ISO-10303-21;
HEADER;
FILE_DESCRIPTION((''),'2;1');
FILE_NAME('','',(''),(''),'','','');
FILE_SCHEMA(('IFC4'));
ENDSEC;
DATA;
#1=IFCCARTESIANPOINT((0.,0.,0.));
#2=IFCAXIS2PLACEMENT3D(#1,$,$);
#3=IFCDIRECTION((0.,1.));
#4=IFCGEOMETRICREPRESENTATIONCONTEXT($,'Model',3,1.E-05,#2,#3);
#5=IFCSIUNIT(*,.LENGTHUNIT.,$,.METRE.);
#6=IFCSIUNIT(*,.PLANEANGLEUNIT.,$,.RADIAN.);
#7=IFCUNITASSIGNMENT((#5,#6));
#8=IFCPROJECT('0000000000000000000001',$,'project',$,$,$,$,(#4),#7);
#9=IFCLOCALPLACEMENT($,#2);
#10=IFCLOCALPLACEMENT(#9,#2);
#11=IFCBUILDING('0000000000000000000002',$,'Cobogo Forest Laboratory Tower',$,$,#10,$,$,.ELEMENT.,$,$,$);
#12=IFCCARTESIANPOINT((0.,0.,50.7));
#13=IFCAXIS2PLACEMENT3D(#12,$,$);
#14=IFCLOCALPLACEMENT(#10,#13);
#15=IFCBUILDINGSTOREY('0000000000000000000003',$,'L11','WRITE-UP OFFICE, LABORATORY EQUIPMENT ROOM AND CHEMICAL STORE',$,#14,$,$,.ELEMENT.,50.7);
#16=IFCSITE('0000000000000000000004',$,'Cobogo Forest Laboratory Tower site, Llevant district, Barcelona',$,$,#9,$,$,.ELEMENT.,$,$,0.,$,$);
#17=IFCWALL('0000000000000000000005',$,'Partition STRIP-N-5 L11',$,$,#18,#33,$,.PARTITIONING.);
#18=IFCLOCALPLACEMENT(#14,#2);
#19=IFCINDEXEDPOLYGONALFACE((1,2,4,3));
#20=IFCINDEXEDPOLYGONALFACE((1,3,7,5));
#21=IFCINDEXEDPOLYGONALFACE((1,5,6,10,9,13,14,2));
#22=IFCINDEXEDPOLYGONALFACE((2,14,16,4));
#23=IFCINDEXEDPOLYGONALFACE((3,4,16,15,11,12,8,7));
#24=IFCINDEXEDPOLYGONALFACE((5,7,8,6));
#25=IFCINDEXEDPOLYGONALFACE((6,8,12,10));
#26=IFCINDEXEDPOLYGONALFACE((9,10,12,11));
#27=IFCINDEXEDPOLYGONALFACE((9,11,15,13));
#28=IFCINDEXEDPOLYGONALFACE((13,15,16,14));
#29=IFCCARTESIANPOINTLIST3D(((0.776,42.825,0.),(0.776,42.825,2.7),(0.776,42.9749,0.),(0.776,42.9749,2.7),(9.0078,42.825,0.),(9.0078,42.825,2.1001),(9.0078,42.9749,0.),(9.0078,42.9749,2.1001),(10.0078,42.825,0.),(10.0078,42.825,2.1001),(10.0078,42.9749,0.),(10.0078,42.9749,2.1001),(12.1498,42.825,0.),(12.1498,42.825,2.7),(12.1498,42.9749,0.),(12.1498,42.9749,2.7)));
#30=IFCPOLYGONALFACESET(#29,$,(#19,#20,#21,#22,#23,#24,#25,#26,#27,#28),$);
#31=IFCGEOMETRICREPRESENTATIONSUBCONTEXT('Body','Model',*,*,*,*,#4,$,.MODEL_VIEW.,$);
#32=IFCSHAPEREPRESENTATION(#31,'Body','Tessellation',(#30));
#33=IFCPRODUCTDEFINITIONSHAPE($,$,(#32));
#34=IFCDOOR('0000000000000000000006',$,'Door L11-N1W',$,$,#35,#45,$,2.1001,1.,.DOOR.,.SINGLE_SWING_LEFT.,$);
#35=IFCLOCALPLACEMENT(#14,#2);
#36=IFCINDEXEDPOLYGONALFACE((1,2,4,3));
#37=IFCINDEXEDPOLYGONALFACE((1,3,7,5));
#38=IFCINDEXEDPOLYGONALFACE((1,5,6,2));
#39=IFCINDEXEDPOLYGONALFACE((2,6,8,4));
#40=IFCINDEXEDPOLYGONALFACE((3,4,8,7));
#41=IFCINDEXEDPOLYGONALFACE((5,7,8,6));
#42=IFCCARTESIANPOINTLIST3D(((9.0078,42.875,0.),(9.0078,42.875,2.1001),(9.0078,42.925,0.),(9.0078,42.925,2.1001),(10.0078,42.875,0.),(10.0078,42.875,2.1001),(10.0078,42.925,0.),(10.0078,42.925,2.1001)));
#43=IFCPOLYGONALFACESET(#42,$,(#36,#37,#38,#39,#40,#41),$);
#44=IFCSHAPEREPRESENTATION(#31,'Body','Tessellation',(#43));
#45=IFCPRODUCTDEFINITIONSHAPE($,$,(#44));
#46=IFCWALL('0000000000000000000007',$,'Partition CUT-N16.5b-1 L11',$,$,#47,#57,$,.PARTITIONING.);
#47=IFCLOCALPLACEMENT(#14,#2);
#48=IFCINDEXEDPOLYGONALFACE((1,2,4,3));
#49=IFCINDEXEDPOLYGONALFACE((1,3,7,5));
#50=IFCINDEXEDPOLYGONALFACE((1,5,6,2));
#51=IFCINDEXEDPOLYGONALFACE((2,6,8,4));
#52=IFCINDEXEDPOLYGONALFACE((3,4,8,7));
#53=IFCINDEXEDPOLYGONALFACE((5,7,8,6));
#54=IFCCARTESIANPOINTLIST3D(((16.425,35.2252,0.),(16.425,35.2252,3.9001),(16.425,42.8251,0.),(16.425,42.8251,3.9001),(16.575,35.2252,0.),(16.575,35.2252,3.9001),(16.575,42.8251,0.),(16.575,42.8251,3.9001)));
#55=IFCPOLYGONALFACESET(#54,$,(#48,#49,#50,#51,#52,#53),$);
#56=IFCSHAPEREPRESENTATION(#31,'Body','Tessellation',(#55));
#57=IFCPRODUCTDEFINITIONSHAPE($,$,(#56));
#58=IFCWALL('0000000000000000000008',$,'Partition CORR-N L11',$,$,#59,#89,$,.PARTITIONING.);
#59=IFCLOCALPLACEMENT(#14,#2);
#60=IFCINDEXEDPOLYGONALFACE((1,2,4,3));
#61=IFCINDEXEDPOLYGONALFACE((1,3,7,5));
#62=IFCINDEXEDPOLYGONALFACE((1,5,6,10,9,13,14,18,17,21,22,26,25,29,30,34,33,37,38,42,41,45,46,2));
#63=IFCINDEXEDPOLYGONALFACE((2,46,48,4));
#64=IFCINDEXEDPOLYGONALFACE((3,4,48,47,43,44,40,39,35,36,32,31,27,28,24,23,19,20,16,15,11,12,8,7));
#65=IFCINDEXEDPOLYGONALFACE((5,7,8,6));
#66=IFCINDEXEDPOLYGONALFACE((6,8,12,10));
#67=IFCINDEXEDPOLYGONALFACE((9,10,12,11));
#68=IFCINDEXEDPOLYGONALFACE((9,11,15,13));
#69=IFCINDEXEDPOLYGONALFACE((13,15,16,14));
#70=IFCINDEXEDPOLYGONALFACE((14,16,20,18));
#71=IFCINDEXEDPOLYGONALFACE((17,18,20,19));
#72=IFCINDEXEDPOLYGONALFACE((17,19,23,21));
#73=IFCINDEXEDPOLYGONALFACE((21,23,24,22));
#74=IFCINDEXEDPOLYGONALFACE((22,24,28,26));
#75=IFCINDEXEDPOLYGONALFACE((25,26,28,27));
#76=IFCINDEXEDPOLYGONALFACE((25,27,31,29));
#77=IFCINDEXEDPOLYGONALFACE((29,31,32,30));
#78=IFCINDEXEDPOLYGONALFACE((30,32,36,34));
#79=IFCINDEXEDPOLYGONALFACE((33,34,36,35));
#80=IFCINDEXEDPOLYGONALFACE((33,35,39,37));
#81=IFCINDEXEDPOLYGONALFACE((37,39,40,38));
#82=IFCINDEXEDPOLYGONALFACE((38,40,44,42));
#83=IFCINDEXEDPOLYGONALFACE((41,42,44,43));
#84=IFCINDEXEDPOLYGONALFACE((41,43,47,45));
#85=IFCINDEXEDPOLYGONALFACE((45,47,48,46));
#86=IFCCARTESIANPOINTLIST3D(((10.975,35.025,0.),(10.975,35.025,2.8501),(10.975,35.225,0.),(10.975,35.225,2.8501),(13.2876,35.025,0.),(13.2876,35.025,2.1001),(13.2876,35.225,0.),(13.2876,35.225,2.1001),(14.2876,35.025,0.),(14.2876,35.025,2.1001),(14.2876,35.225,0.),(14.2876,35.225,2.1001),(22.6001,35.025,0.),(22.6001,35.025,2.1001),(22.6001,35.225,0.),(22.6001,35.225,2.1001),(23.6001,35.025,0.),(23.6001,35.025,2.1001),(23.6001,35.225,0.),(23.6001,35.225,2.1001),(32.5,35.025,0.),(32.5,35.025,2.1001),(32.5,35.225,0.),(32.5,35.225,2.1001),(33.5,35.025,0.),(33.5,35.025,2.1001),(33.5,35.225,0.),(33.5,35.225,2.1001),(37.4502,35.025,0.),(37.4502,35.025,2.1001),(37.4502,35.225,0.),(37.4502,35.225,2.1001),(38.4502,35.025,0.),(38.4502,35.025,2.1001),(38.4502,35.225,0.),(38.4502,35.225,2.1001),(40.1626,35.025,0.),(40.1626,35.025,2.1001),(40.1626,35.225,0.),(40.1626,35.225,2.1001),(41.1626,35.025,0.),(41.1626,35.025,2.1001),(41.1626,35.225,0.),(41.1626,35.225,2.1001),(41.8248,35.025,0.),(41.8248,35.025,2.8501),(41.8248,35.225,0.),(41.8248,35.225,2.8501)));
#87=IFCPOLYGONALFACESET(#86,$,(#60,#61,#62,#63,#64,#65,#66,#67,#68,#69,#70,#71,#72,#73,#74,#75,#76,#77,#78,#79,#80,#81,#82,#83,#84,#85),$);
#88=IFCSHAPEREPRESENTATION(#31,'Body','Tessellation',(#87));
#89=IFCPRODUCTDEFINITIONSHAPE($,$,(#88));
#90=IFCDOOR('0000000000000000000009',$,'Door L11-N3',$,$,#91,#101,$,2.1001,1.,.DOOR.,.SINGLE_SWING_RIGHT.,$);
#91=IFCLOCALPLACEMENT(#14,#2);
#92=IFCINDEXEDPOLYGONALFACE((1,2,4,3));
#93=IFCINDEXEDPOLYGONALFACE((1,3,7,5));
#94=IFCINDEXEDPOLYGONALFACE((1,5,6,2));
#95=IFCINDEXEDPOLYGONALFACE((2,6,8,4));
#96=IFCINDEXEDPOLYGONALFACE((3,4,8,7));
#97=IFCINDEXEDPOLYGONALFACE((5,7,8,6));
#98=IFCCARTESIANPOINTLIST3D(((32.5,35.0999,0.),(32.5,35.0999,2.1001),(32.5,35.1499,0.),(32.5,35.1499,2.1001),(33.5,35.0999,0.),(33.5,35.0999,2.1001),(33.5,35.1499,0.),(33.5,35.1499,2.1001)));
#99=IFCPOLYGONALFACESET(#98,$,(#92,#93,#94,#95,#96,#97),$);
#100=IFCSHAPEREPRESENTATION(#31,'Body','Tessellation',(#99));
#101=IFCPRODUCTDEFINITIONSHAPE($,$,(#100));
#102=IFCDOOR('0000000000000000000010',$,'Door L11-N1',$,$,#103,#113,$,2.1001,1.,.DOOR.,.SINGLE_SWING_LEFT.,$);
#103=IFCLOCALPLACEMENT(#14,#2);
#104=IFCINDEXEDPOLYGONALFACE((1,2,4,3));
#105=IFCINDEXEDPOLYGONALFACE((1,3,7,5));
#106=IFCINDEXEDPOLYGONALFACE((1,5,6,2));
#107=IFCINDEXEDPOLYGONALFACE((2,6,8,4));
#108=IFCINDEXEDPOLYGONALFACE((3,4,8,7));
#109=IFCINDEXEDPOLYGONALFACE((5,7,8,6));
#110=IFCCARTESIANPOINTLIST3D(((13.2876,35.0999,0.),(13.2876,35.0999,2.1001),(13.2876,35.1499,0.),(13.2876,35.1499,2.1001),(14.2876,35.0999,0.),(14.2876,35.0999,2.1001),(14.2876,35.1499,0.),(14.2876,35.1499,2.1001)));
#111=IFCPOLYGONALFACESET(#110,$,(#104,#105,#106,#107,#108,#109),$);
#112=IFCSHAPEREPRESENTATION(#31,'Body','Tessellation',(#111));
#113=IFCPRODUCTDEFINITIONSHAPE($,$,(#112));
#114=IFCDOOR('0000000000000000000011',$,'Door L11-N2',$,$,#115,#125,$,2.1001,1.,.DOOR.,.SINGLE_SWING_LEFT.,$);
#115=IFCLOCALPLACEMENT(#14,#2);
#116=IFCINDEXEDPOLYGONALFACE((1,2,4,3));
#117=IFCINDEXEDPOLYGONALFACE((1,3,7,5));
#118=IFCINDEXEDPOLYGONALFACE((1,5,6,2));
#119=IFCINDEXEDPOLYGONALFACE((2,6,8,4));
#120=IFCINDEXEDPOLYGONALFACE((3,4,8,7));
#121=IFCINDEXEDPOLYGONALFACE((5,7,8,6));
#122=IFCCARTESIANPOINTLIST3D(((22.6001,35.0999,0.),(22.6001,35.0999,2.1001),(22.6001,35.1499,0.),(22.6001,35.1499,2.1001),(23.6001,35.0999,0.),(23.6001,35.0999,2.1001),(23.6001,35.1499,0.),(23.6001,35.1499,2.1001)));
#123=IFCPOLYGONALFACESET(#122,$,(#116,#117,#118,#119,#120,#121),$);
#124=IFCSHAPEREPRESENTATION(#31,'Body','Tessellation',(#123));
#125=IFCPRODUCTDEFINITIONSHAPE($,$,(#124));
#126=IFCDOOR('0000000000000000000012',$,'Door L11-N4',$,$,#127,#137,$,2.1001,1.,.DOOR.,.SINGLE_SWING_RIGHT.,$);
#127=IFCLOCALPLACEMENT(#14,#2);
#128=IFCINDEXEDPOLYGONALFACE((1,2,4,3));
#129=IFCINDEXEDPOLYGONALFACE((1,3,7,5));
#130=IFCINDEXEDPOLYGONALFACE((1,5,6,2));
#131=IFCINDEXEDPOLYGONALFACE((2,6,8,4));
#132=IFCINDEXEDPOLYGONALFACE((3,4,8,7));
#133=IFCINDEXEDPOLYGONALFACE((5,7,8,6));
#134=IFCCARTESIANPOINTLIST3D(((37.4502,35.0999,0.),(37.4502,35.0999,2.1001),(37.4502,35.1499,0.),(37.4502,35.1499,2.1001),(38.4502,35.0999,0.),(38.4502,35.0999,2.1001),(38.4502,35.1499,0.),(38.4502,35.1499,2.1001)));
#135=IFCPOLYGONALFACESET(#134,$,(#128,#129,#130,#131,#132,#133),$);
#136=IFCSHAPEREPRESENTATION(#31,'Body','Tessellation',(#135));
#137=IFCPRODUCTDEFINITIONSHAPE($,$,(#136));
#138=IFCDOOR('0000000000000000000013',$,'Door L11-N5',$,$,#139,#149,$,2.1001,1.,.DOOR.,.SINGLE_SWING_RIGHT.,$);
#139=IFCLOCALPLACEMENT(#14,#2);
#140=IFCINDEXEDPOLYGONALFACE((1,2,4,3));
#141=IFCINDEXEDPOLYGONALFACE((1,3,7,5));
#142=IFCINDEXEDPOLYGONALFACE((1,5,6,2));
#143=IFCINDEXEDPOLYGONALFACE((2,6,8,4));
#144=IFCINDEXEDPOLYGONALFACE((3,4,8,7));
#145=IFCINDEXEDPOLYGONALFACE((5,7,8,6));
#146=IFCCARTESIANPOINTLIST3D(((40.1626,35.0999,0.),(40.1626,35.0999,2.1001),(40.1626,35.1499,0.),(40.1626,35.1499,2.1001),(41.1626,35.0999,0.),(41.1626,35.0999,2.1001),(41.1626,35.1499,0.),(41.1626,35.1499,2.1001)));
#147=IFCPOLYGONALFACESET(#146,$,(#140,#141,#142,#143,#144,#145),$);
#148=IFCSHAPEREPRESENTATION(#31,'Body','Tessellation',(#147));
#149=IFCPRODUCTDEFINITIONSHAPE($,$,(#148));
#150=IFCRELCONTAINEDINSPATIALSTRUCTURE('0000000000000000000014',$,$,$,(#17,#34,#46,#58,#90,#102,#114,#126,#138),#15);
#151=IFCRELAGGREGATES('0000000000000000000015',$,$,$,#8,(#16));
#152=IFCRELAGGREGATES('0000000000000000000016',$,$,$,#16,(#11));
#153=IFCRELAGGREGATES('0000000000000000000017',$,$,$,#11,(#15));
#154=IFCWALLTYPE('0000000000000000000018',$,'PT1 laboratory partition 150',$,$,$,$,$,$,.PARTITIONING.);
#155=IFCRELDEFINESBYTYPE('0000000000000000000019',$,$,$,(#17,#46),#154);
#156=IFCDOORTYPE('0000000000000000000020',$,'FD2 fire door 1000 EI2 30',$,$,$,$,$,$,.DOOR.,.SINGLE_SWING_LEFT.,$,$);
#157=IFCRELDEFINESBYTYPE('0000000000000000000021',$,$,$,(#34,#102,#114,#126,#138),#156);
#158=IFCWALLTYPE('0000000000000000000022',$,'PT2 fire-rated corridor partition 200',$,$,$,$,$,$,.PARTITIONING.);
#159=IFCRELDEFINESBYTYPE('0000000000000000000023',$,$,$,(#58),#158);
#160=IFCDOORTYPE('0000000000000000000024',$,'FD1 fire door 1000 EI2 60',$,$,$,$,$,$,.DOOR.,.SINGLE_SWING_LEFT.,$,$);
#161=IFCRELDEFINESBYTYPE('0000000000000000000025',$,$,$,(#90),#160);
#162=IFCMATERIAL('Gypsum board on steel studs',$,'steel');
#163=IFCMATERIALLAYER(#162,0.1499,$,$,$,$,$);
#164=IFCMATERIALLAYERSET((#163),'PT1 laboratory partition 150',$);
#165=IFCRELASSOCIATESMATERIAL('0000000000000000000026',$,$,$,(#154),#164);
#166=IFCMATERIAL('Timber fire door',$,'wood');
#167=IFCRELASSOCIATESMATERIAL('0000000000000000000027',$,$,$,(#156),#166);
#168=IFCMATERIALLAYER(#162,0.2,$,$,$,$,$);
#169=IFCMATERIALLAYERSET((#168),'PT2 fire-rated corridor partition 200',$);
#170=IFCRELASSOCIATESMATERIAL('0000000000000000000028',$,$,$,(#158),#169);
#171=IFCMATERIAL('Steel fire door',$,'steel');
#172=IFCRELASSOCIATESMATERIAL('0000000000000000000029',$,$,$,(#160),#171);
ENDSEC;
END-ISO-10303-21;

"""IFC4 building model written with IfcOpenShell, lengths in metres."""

from ifc_helpers import new_model, si_unit, direction, frame, frame_2d, origin, place, context, subcontext, project, spatial, rectangle, extrude, material, layer, layer_set, type_object, element, fill, save


model = new_model("IFC4")

# Units and contexts
model_context = context("Model", 3, precision=1e-05, world=origin(), true_north=direction((0.0, 1.0)))
body_context = subcontext(model_context, "Body", "Model", "MODEL_VIEW")
ifc_project = project(units=[si_unit("LENGTHUNIT", "METRE"), si_unit("PLANEANGLEUNIT", "RADIAN")], contexts=[model_context])

# Site, building, storey
site_placement = place(None, origin())
site = spatial("IfcSite", under=ifc_project, at=site_placement, Name="Cobogo Forest Laboratory Tower site, Llevant district, Barcelona", CompositionType="ELEMENT", RefElevation=0.0)
building_placement = place(site_placement, origin())
building = spatial("IfcBuilding", under=site, at=building_placement, Name="Cobogo Forest Laboratory Tower", CompositionType="ELEMENT")
storey_placement = place(building_placement, frame((0.0, 0.0, 50.7)))
storey = spatial("IfcBuildingStorey", under=building, at=storey_placement, Name="L11", Description="WRITE-UP OFFICE, LABORATORY EQUIPMENT ROOM AND CHEMICAL STORE", CompositionType="ELEMENT", Elevation=50.7)

# Shared definitions
ifc_material_1 = material(Name="Gypsum board on steel studs", Category="steel")
ifc_layer_1 = layer(ifc_material_1, 0.1499)
ifc_layer_set_1 = layer_set([ifc_layer_1], Name="PT1 laboratory partition 150")
wall_type_1 = type_object("IfcWallType", Name="PT1 laboratory partition 150", PredefinedType="PARTITIONING", material=ifc_layer_set_1)

# Wall, opening, door
wall_1_placement = place(storey_placement, frame((12.1499, 42.8999, 0.0), z_axis=(0.0, 0.0, 1.0), x_axis=(-1.0, 0.0, 0.0)))
wall_1 = element("IfcWall", 1, at=wall_1_placement, inside=storey, type_object=wall_type_1, Name="Partition STRIP-N-5 L11", PredefinedType="PARTITIONING", context=body_context, shape_type="SweptSolid", body=[
    extrude(rectangle(XDim=11.3738, YDim=0.1499, at=frame_2d((5.687, 0.0))), origin(), (0.0, 0.0, 1.0), 2.7),
])
opening_1_placement = place(wall_1_placement, frame((2.1421, 0.0, 0.0)))
opening_1 = element("IfcOpeningElement", 2, at=opening_1_placement, cuts=wall_1, PredefinedType="OPENING", context=body_context, shape_type="SweptSolid", body=[
    extrude(rectangle(XDim=1.0, YDim=2.1001, at=frame_2d((0.5, 1.05))), frame((0.0, 0.085, 0.0), z_axis=(0.0, -1.0, 0.0), x_axis=(1.0, 0.0, 0.0)), (0.0, 0.0, 1.0), 0.1699),
])
ifc_material_2 = material(Name="Timber fire door", Category="wood")
door_type_1 = type_object("IfcDoorType", Name="FD2 fire door 1000 EI2 30", OperationType="SINGLE_SWING_LEFT", PredefinedType="DOOR", material=ifc_material_2)
door_1_placement = place(opening_1_placement, origin())
door_1 = element("IfcDoor", 3, at=door_1_placement, inside=storey, type_object=door_type_1, Name="Door L11-N1W", OperationType="SINGLE_SWING_LEFT", OverallHeight=2.1001, OverallWidth=1.0, PredefinedType="DOOR", context=body_context, shape_type="SweptSolid", body=[
    extrude(rectangle(XDim=1.0, YDim=2.1001, at=frame_2d((0.5, 1.05))), frame((0.0, 0.0249, 0.0), z_axis=(0.0, -1.0, 0.0), x_axis=(1.0, 0.0, 0.0)), (0.0, 0.0, 1.0), 0.05),
])
fill(opening_1, door_1)

# Wall
wall_2_placement = place(storey_placement, frame((16.5, 42.825, 0.0), z_axis=(0.0, 0.0, 1.0), x_axis=(0.0, -1.0, 0.0)))
element("IfcWall", 4, at=wall_2_placement, inside=storey, type_object=wall_type_1, Name="Partition CUT-N16.5b-1 L11", PredefinedType="PARTITIONING", context=body_context, shape_type="SweptSolid", body=[
    extrude(rectangle(XDim=7.5999, YDim=0.1499, at=frame_2d((3.7998, 0.0))), origin(), (0.0, 0.0, 1.0), 3.9001),
])

# Wall, openings, doors
ifc_layer_2 = layer(ifc_material_1, 0.2)
ifc_layer_set_2 = layer_set([ifc_layer_2], Name="PT2 fire-rated corridor partition 200")
wall_type_2 = type_object("IfcWallType", Name="PT2 fire-rated corridor partition 200", PredefinedType="PARTITIONING", material=ifc_layer_set_2)
wall_3_placement = place(storey_placement, frame((10.9751, 35.125, 0.0), z_axis=(0.0, 0.0, 1.0), x_axis=(1.0, 0.0, 0.0)))
wall_3 = element("IfcWall", 5, at=wall_3_placement, inside=storey, type_object=wall_type_2, Name="Partition CORR-N L11", PredefinedType="PARTITIONING", context=body_context, shape_type="SweptSolid", body=[
    extrude(rectangle(XDim=30.8499, YDim=0.2, at=frame_2d((15.4248, 0.0))), origin(), (0.0, 0.0, 1.0), 2.8501),
])
opening_2_placement = place(wall_3_placement, frame((2.3125, 0.0, 0.0)))
opening_2 = element("IfcOpeningElement", 6, at=opening_2_placement, cuts=wall_3, PredefinedType="OPENING", context=body_context, shape_type="SweptSolid", body=[
    extrude(rectangle(XDim=1.0, YDim=2.1001, at=frame_2d((0.5, 1.05))), frame((0.0, 0.1099, 0.0), z_axis=(0.0, -1.0, 0.0), x_axis=(1.0, 0.0, 0.0)), (0.0, 0.0, 1.0), 0.22),
])
opening_3_placement = place(wall_3_placement, frame((11.625, 0.0, 0.0)))
opening_3 = element("IfcOpeningElement", 7, at=opening_3_placement, cuts=wall_3, PredefinedType="OPENING", context=body_context, shape_type="SweptSolid", body=[
    extrude(rectangle(XDim=1.0, YDim=2.1001, at=frame_2d((0.5, 1.05))), frame((0.0, 0.1099, 0.0), z_axis=(0.0, -1.0, 0.0), x_axis=(1.0, 0.0, 0.0)), (0.0, 0.0, 1.0), 0.22),
])
opening_4_placement = place(wall_3_placement, frame((21.5249, 0.0, 0.0)))
opening_4 = element("IfcOpeningElement", 8, at=opening_4_placement, cuts=wall_3, PredefinedType="OPENING", context=body_context, shape_type="SweptSolid", body=[
    extrude(rectangle(XDim=1.0, YDim=2.1001, at=frame_2d((0.5, 1.05))), frame((0.0, 0.1099, 0.0), z_axis=(0.0, -1.0, 0.0), x_axis=(1.0, 0.0, 0.0)), (0.0, 0.0, 1.0), 0.22),
])
opening_5_placement = place(wall_3_placement, frame((26.4751, 0.0, 0.0)))
opening_5 = element("IfcOpeningElement", 9, at=opening_5_placement, cuts=wall_3, PredefinedType="OPENING", context=body_context, shape_type="SweptSolid", body=[
    extrude(rectangle(XDim=1.0, YDim=2.1001, at=frame_2d((0.5, 1.05))), frame((0.0, 0.1099, 0.0), z_axis=(0.0, -1.0, 0.0), x_axis=(1.0, 0.0, 0.0)), (0.0, 0.0, 1.0), 0.22),
])
opening_6_placement = place(wall_3_placement, frame((29.1875, 0.0, 0.0)))
opening_6 = element("IfcOpeningElement", 10, at=opening_6_placement, cuts=wall_3, PredefinedType="OPENING", context=body_context, shape_type="SweptSolid", body=[
    extrude(rectangle(XDim=1.0, YDim=2.1001, at=frame_2d((0.5, 1.05))), frame((0.0, 0.1099, 0.0), z_axis=(0.0, -1.0, 0.0), x_axis=(1.0, 0.0, 0.0)), (0.0, 0.0, 1.0), 0.22),
])
ifc_material_3 = material(Name="Steel fire door", Category="steel")
door_type_2 = type_object("IfcDoorType", Name="FD1 fire door 1000 EI2 60", OperationType="SINGLE_SWING_LEFT", PredefinedType="DOOR", material=ifc_material_3)
door_2_placement = place(opening_4_placement, origin())
door_2 = element("IfcDoor", 11, at=door_2_placement, inside=storey, type_object=door_type_2, Name="Door L11-N3", OperationType="SINGLE_SWING_RIGHT", OverallHeight=2.1001, OverallWidth=1.0, PredefinedType="DOOR", context=body_context, shape_type="SweptSolid", body=[
    extrude(rectangle(XDim=1.0, YDim=2.1001, at=frame_2d((0.5, 1.05))), frame((0.0, 0.0249, 0.0), z_axis=(0.0, -1.0, 0.0), x_axis=(1.0, 0.0, 0.0)), (0.0, 0.0, 1.0), 0.05),
])
fill(opening_4, door_2)
door_3_placement = place(opening_2_placement, origin())
door_3 = element("IfcDoor", 12, at=door_3_placement, inside=storey, type_object=door_type_1, Name="Door L11-N1", OperationType="SINGLE_SWING_LEFT", OverallHeight=2.1001, OverallWidth=1.0, PredefinedType="DOOR", context=body_context, shape_type="SweptSolid", body=[
    extrude(rectangle(XDim=1.0, YDim=2.1001, at=frame_2d((0.5, 1.05))), frame((0.0, 0.0249, 0.0), z_axis=(0.0, -1.0, 0.0), x_axis=(1.0, 0.0, 0.0)), (0.0, 0.0, 1.0), 0.05),
])
fill(opening_2, door_3)
door_4_placement = place(opening_3_placement, origin())
door_4 = element("IfcDoor", 13, at=door_4_placement, inside=storey, type_object=door_type_1, Name="Door L11-N2", OperationType="SINGLE_SWING_LEFT", OverallHeight=2.1001, OverallWidth=1.0, PredefinedType="DOOR", context=body_context, shape_type="SweptSolid", body=[
    extrude(rectangle(XDim=1.0, YDim=2.1001, at=frame_2d((0.5, 1.05))), frame((0.0, 0.0249, 0.0), z_axis=(0.0, -1.0, 0.0), x_axis=(1.0, 0.0, 0.0)), (0.0, 0.0, 1.0), 0.05),
])
fill(opening_3, door_4)
door_5_placement = place(opening_5_placement, origin())
door_5 = element("IfcDoor", 14, at=door_5_placement, inside=storey, type_object=door_type_1, Name="Door L11-N4", OperationType="SINGLE_SWING_RIGHT", OverallHeight=2.1001, OverallWidth=1.0, PredefinedType="DOOR", context=body_context, shape_type="SweptSolid", body=[
    extrude(rectangle(XDim=1.0, YDim=2.1001, at=frame_2d((0.5, 1.05))), frame((0.0, 0.0249, 0.0), z_axis=(0.0, -1.0, 0.0), x_axis=(1.0, 0.0, 0.0)), (0.0, 0.0, 1.0), 0.05),
])
fill(opening_5, door_5)
door_6_placement = place(opening_6_placement, origin())
door_6 = element("IfcDoor", 15, at=door_6_placement, inside=storey, type_object=door_type_1, Name="Door L11-N5", OperationType="SINGLE_SWING_RIGHT", OverallHeight=2.1001, OverallWidth=1.0, PredefinedType="DOOR", context=body_context, shape_type="SweptSolid", body=[
    extrude(rectangle(XDim=1.0, YDim=2.1001, at=frame_2d((0.5, 1.05))), frame((0.0, 0.0249, 0.0), z_axis=(0.0, -1.0, 0.0), x_axis=(1.0, 0.0, 0.0)), (0.0, 0.0, 1.0), 0.05),
])
fill(opening_6, door_6)

save(model, "model.ifc")
